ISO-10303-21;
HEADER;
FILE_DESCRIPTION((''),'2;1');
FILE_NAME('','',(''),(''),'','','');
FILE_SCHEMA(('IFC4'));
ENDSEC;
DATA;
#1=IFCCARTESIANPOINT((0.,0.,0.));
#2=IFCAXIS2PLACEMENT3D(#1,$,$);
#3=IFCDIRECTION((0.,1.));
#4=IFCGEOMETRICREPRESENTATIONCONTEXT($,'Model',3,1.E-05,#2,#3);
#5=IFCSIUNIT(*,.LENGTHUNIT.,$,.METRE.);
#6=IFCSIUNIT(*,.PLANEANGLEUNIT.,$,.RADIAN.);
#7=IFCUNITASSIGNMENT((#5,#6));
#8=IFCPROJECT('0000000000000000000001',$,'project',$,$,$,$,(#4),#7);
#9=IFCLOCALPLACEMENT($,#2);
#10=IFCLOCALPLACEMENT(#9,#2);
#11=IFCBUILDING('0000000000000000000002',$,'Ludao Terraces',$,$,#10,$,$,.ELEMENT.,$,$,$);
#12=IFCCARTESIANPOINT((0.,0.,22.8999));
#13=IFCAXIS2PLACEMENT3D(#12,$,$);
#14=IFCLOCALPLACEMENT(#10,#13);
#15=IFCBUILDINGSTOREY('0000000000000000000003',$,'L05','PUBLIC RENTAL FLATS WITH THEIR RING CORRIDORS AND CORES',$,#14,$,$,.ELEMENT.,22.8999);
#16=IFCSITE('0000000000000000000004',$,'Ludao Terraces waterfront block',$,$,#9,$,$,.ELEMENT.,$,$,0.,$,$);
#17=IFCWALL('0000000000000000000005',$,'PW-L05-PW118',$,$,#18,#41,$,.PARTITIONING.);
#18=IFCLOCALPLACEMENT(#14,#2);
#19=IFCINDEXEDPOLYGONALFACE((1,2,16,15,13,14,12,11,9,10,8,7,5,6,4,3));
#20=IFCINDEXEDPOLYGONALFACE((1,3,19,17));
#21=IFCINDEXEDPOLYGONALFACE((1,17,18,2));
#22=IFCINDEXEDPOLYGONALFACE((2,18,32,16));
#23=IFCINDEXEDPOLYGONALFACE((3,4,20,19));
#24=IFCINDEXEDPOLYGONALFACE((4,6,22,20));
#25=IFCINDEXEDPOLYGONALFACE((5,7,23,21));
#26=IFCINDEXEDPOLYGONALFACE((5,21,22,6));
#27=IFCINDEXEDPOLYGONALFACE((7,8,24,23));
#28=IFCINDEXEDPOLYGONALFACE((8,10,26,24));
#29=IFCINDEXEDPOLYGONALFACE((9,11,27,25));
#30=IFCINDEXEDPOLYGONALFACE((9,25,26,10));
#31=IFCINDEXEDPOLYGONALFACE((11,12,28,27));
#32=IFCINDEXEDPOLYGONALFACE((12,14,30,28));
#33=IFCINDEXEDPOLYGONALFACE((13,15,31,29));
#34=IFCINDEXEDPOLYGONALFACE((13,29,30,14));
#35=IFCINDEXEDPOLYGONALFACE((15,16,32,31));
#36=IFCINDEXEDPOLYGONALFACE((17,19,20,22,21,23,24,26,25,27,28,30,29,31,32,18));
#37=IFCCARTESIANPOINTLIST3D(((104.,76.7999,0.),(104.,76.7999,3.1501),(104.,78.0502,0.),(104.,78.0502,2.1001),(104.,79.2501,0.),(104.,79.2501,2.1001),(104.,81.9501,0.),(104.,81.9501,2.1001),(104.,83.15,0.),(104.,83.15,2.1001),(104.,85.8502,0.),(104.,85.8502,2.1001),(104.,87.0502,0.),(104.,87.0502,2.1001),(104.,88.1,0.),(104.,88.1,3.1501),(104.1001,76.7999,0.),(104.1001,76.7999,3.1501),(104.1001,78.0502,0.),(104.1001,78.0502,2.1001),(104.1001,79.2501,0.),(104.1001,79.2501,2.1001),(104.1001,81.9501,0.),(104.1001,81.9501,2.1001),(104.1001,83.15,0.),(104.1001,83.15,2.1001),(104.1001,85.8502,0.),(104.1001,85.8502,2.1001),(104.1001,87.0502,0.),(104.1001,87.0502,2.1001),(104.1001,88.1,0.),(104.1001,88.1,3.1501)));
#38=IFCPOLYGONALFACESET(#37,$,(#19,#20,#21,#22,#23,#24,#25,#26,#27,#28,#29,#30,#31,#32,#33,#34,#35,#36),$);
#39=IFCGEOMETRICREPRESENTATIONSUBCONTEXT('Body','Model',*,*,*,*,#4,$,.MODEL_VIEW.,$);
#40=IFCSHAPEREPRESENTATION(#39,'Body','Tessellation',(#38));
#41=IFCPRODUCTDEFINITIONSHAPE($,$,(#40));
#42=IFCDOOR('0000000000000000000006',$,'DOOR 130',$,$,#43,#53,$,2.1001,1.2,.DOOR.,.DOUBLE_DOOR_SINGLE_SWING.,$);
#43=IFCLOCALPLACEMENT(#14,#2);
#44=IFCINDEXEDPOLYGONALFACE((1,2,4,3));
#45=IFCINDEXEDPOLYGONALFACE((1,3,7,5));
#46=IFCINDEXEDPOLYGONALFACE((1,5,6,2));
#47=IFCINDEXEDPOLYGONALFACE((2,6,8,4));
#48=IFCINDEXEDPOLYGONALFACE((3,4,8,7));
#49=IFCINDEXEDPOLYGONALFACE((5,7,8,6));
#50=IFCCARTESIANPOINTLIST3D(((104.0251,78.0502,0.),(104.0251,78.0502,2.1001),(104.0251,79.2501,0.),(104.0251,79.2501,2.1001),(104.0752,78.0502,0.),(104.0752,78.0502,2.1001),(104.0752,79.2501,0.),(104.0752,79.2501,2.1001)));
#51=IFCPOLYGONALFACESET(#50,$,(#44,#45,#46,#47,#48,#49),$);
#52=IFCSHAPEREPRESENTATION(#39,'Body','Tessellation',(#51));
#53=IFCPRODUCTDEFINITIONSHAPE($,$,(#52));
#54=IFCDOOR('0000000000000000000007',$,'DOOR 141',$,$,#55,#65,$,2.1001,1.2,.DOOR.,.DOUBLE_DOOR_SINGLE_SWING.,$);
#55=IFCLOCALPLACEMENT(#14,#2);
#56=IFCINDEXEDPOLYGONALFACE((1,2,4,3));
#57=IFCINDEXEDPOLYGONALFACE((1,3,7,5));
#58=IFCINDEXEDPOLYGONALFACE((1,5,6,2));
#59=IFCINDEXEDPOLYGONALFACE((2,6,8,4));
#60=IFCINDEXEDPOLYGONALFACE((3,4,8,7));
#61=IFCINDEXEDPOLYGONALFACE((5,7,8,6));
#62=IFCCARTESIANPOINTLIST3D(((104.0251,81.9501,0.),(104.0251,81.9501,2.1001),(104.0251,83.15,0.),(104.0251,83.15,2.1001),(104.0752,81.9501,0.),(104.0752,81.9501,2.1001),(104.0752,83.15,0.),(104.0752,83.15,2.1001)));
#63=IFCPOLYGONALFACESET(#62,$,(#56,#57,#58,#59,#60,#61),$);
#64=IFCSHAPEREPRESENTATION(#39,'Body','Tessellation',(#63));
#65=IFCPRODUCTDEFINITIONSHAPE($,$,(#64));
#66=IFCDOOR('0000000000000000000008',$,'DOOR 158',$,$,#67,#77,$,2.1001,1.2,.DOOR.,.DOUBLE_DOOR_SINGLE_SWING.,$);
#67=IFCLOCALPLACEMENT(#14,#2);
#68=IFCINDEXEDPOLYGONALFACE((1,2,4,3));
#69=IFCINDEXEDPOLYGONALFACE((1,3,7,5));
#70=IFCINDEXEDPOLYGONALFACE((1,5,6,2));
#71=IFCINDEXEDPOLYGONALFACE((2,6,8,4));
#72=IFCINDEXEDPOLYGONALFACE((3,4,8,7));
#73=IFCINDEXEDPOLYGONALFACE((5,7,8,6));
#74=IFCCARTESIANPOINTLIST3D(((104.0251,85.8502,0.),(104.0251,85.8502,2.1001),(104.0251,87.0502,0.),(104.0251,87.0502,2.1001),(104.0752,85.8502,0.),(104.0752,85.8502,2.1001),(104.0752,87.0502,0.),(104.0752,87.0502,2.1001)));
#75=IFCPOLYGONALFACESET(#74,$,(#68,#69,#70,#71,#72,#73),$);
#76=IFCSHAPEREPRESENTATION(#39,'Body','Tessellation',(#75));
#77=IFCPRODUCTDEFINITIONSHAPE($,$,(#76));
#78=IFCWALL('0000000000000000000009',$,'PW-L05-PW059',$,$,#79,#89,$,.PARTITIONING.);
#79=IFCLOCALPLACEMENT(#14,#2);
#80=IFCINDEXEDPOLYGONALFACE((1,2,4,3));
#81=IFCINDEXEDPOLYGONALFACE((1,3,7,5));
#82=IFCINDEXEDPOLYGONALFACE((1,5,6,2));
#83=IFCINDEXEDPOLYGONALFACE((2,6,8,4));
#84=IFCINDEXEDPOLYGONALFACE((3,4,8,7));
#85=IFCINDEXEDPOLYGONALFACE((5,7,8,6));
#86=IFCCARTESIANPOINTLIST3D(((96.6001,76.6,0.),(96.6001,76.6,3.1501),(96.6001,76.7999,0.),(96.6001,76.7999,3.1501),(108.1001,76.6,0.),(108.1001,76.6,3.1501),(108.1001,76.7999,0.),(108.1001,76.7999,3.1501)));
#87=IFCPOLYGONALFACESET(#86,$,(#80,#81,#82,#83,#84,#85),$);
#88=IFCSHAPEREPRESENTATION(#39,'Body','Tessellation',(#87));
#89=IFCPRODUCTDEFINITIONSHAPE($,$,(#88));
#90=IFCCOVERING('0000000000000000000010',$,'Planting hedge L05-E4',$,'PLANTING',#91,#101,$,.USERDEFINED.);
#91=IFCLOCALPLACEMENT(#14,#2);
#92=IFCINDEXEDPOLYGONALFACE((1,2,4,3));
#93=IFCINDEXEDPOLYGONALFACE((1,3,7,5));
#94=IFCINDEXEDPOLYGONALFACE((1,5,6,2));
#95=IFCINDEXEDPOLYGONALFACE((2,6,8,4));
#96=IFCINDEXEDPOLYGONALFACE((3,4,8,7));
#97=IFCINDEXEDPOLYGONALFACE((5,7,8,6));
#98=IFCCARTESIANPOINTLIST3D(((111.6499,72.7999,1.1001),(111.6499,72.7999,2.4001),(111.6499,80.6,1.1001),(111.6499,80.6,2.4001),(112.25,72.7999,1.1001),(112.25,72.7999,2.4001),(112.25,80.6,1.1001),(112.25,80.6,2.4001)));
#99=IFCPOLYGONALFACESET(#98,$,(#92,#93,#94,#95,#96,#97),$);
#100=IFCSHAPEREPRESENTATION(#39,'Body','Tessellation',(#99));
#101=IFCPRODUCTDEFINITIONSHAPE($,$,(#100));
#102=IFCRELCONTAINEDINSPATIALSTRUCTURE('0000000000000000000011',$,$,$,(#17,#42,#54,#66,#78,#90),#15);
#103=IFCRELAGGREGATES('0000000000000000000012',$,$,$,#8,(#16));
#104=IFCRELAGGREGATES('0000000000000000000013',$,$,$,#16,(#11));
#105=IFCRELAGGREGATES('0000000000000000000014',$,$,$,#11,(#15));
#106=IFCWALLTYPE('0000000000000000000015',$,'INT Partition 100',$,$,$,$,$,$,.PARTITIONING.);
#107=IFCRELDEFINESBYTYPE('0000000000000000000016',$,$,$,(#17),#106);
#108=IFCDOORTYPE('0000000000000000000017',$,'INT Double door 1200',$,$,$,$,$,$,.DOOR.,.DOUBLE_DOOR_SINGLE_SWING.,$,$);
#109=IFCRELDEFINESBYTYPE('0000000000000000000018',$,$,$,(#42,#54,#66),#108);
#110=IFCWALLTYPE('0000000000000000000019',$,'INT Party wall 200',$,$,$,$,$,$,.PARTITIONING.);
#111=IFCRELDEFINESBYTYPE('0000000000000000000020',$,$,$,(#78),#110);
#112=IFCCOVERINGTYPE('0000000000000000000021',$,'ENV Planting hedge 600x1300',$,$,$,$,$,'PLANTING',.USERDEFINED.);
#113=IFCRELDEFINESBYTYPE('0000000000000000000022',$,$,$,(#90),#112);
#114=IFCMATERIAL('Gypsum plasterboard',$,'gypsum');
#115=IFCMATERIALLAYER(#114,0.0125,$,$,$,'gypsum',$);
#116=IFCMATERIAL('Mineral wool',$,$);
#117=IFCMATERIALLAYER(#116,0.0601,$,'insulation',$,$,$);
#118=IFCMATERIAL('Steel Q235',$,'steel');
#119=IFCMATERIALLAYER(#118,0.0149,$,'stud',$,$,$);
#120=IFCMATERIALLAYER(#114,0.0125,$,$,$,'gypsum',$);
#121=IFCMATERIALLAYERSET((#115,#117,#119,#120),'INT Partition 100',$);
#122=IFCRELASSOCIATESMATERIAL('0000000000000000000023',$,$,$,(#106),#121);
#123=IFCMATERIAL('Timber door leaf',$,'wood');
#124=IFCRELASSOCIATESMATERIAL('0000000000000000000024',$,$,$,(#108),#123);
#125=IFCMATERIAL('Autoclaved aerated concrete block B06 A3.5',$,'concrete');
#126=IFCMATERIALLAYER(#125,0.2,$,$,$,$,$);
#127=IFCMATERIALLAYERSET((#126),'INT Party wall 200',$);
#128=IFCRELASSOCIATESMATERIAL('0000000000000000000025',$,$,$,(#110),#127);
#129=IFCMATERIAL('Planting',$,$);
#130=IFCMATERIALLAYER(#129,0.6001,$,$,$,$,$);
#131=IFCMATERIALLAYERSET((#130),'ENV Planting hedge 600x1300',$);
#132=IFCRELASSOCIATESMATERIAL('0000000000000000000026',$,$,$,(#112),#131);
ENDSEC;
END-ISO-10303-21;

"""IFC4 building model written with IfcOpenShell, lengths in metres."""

from ifc_helpers import new_model, si_unit, direction, frame, frame_2d, origin, origin_2d, place, context, subcontext, project, spatial, rectangle, extrude, material, layer, layer_set, type_object, element, fill, save


model = new_model("IFC4")

# Units and contexts
model_context = context("Model", 3, precision=1e-05, world=origin(), true_north=direction((0.0, 1.0)))
body_context = subcontext(model_context, "Body", "Model", "MODEL_VIEW")
ifc_project = project(units=[si_unit("LENGTHUNIT", "METRE"), si_unit("PLANEANGLEUNIT", "RADIAN")], contexts=[model_context])

# Site, building, storey
site_placement = place(None, origin())
site = spatial("IfcSite", under=ifc_project, at=site_placement, Name="Ludao Terraces waterfront block", CompositionType="ELEMENT", RefElevation=0.0)
building_placement = place(site_placement, origin())
building = spatial("IfcBuilding", under=site, at=building_placement, Name="Ludao Terraces", CompositionType="ELEMENT")
storey_placement = place(building_placement, frame((0.0, 0.0, 22.8999)))
storey = spatial("IfcBuildingStorey", under=building, at=storey_placement, Name="L05", Description="PUBLIC RENTAL FLATS WITH THEIR RING CORRIDORS AND CORES", CompositionType="ELEMENT", Elevation=22.8999)

# Shared definitions
ifc_material_1 = material(Name="Mineral wool")

# Shared definitions
ifc_material_2 = material(Name="Gypsum plasterboard", Category="gypsum")
ifc_layer_1 = layer(ifc_material_2, 0.0125, Category="gypsum")
ifc_layer_2 = layer(ifc_material_1, 0.0601, Name="insulation")
ifc_material_3 = material(Name="Steel Q235", Category="steel")
ifc_layer_3 = layer(ifc_material_3, 0.0149, Name="stud")
ifc_layer_4 = layer(ifc_material_2, 0.0125, Category="gypsum")
ifc_layer_set_1 = layer_set([ifc_layer_1, ifc_layer_2, ifc_layer_3, ifc_layer_4], Name="INT Partition 100")
wall_type_1 = type_object("IfcWallType", Name="INT Partition 100", PredefinedType="PARTITIONING", material=ifc_layer_set_1)

# Wall, openings, doors
wall_1_placement = place(storey_placement, frame((104.05, 76.8, 0.0), z_axis=(0.0, 0.0, 1.0), x_axis=(0.0, 1.0, 0.0)))
wall_1 = element("IfcWall", 1, at=wall_1_placement, inside=storey, type_object=wall_type_1, Name="PW-L05-PW118", PredefinedType="PARTITIONING", context=body_context, shape_type="SweptSolid", body=[
    extrude(rectangle(XDim=11.3, YDim=0.1001, at=frame_2d((5.6499, 0.0))), origin(), (0.0, 0.0, 1.0), 3.1501),
])
opening_1_placement = place(wall_1_placement, frame((1.25, 0.0, 0.0)))
opening_1 = element("IfcOpeningElement", 2, at=opening_1_placement, cuts=wall_1, PredefinedType="OPENING", context=body_context, shape_type="SweptSolid", body=[
    extrude(rectangle(XDim=1.2, YDim=2.1001, at=frame_2d((0.6001, 1.05))), frame((0.0, 0.0601, 0.0), z_axis=(0.0, -1.0, 0.0), x_axis=(1.0, 0.0, 0.0)), (0.0, 0.0, 1.0), 0.1201),
])
opening_2_placement = place(wall_1_placement, frame((5.1499, 0.0, 0.0)))
opening_2 = element("IfcOpeningElement", 3, at=opening_2_placement, cuts=wall_1, PredefinedType="OPENING", context=body_context, shape_type="SweptSolid", body=[
    extrude(rectangle(XDim=1.2, YDim=2.1001, at=frame_2d((0.6001, 1.05))), frame((0.0, 0.0601, 0.0), z_axis=(0.0, -1.0, 0.0), x_axis=(1.0, 0.0, 0.0)), (0.0, 0.0, 1.0), 0.1201),
])
opening_3_placement = place(wall_1_placement, frame((9.05, 0.0, 0.0)))
opening_3 = element("IfcOpeningElement", 4, at=opening_3_placement, cuts=wall_1, PredefinedType="OPENING", context=body_context, shape_type="SweptSolid", body=[
    extrude(rectangle(XDim=1.2, YDim=2.1001, at=frame_2d((0.6001, 1.05))), frame((0.0, 0.0601, 0.0), z_axis=(0.0, -1.0, 0.0), x_axis=(1.0, 0.0, 0.0)), (0.0, 0.0, 1.0), 0.1201),
])
ifc_material_4 = material(Name="Timber door leaf", Category="wood")
door_type_1 = type_object("IfcDoorType", Name="INT Double door 1200", OperationType="DOUBLE_DOOR_SINGLE_SWING", PredefinedType="DOOR", material=ifc_material_4)
door_1_placement = place(opening_1_placement, origin())
door_1 = element("IfcDoor", 5, at=door_1_placement, inside=storey, type_object=door_type_1, Name="DOOR 130", OperationType="DOUBLE_DOOR_SINGLE_SWING", OverallHeight=2.1001, OverallWidth=1.2, PredefinedType="DOOR", context=body_context, shape_type="SweptSolid", body=[
    extrude(rectangle(XDim=1.2, YDim=2.1001, at=frame_2d((0.6001, 1.05))), frame((0.0, 0.0249, 0.0), z_axis=(0.0, -1.0, 0.0), x_axis=(1.0, 0.0, 0.0)), (0.0, 0.0, 1.0), 0.05),
])
fill(opening_1, door_1)
door_2_placement = place(opening_2_placement, origin())
door_2 = element("IfcDoor", 6, at=door_2_placement, inside=storey, type_object=door_type_1, Name="DOOR 141", OperationType="DOUBLE_DOOR_SINGLE_SWING", OverallHeight=2.1001, OverallWidth=1.2, PredefinedType="DOOR", context=body_context, shape_type="SweptSolid", body=[
    extrude(rectangle(XDim=1.2, YDim=2.1001, at=frame_2d((0.6001, 1.05))), frame((0.0, 0.0249, 0.0), z_axis=(0.0, -1.0, 0.0), x_axis=(1.0, 0.0, 0.0)), (0.0, 0.0, 1.0), 0.05),
])
fill(opening_2, door_2)
door_3_placement = place(opening_3_placement, origin())
door_3 = element("IfcDoor", 7, at=door_3_placement, inside=storey, type_object=door_type_1, Name="DOOR 158", OperationType="DOUBLE_DOOR_SINGLE_SWING", OverallHeight=2.1001, OverallWidth=1.2, PredefinedType="DOOR", context=body_context, shape_type="SweptSolid", body=[
    extrude(rectangle(XDim=1.2, YDim=2.1001, at=frame_2d((0.6001, 1.05))), frame((0.0, 0.0249, 0.0), z_axis=(0.0, -1.0, 0.0), x_axis=(1.0, 0.0, 0.0)), (0.0, 0.0, 1.0), 0.05),
])
fill(opening_3, door_3)

# Wall
ifc_material_5 = material(Name="Autoclaved aerated concrete block B06 A3.5", Category="concrete")
ifc_layer_5 = layer(ifc_material_5, 0.2)
ifc_layer_set_2 = layer_set([ifc_layer_5], Name="INT Party wall 200")
wall_type_2 = type_object("IfcWallType", Name="INT Party wall 200", PredefinedType="PARTITIONING", material=ifc_layer_set_2)
wall_2_placement = place(storey_placement, frame((96.6001, 76.7, 0.0), z_axis=(0.0, 0.0, 1.0), x_axis=(1.0, 0.0, 0.0)))
element("IfcWall", 8, at=wall_2_placement, inside=storey, type_object=wall_type_2, Name="PW-L05-PW059", PredefinedType="PARTITIONING", context=body_context, shape_type="SweptSolid", body=[
    extrude(rectangle(XDim=11.5, YDim=0.2, at=frame_2d((5.75, 0.0))), origin(), (0.0, 0.0, 1.0), 3.1501),
])

# Covering
ifc_material_6 = material(Name="Planting")
ifc_layer_6 = layer(ifc_material_6, 0.6001)
ifc_layer_set_3 = layer_set([ifc_layer_6], Name="ENV Planting hedge 600x1300")
covering_type = type_object("IfcCoveringType", Name="ENV Planting hedge 600x1300", ElementType="PLANTING", PredefinedType="USERDEFINED", material=ifc_layer_set_3)
covering_placement = place(storey_placement, frame((111.95, 76.7, 1.1001), z_axis=(0.0, 0.0, 1.0), x_axis=(1.0, 0.0, 0.0)))
element("IfcCovering", 9, at=covering_placement, inside=storey, type_object=covering_type, Name="Planting hedge L05-E4", ObjectType="PLANTING", PredefinedType="USERDEFINED", context=body_context, shape_type="SweptSolid", body=[
    extrude(rectangle(XDim=0.6001, YDim=7.8, at=origin_2d()), origin(), (0.0, 0.0, 1.0), 1.3),
])

save(model, "model.ifc")
